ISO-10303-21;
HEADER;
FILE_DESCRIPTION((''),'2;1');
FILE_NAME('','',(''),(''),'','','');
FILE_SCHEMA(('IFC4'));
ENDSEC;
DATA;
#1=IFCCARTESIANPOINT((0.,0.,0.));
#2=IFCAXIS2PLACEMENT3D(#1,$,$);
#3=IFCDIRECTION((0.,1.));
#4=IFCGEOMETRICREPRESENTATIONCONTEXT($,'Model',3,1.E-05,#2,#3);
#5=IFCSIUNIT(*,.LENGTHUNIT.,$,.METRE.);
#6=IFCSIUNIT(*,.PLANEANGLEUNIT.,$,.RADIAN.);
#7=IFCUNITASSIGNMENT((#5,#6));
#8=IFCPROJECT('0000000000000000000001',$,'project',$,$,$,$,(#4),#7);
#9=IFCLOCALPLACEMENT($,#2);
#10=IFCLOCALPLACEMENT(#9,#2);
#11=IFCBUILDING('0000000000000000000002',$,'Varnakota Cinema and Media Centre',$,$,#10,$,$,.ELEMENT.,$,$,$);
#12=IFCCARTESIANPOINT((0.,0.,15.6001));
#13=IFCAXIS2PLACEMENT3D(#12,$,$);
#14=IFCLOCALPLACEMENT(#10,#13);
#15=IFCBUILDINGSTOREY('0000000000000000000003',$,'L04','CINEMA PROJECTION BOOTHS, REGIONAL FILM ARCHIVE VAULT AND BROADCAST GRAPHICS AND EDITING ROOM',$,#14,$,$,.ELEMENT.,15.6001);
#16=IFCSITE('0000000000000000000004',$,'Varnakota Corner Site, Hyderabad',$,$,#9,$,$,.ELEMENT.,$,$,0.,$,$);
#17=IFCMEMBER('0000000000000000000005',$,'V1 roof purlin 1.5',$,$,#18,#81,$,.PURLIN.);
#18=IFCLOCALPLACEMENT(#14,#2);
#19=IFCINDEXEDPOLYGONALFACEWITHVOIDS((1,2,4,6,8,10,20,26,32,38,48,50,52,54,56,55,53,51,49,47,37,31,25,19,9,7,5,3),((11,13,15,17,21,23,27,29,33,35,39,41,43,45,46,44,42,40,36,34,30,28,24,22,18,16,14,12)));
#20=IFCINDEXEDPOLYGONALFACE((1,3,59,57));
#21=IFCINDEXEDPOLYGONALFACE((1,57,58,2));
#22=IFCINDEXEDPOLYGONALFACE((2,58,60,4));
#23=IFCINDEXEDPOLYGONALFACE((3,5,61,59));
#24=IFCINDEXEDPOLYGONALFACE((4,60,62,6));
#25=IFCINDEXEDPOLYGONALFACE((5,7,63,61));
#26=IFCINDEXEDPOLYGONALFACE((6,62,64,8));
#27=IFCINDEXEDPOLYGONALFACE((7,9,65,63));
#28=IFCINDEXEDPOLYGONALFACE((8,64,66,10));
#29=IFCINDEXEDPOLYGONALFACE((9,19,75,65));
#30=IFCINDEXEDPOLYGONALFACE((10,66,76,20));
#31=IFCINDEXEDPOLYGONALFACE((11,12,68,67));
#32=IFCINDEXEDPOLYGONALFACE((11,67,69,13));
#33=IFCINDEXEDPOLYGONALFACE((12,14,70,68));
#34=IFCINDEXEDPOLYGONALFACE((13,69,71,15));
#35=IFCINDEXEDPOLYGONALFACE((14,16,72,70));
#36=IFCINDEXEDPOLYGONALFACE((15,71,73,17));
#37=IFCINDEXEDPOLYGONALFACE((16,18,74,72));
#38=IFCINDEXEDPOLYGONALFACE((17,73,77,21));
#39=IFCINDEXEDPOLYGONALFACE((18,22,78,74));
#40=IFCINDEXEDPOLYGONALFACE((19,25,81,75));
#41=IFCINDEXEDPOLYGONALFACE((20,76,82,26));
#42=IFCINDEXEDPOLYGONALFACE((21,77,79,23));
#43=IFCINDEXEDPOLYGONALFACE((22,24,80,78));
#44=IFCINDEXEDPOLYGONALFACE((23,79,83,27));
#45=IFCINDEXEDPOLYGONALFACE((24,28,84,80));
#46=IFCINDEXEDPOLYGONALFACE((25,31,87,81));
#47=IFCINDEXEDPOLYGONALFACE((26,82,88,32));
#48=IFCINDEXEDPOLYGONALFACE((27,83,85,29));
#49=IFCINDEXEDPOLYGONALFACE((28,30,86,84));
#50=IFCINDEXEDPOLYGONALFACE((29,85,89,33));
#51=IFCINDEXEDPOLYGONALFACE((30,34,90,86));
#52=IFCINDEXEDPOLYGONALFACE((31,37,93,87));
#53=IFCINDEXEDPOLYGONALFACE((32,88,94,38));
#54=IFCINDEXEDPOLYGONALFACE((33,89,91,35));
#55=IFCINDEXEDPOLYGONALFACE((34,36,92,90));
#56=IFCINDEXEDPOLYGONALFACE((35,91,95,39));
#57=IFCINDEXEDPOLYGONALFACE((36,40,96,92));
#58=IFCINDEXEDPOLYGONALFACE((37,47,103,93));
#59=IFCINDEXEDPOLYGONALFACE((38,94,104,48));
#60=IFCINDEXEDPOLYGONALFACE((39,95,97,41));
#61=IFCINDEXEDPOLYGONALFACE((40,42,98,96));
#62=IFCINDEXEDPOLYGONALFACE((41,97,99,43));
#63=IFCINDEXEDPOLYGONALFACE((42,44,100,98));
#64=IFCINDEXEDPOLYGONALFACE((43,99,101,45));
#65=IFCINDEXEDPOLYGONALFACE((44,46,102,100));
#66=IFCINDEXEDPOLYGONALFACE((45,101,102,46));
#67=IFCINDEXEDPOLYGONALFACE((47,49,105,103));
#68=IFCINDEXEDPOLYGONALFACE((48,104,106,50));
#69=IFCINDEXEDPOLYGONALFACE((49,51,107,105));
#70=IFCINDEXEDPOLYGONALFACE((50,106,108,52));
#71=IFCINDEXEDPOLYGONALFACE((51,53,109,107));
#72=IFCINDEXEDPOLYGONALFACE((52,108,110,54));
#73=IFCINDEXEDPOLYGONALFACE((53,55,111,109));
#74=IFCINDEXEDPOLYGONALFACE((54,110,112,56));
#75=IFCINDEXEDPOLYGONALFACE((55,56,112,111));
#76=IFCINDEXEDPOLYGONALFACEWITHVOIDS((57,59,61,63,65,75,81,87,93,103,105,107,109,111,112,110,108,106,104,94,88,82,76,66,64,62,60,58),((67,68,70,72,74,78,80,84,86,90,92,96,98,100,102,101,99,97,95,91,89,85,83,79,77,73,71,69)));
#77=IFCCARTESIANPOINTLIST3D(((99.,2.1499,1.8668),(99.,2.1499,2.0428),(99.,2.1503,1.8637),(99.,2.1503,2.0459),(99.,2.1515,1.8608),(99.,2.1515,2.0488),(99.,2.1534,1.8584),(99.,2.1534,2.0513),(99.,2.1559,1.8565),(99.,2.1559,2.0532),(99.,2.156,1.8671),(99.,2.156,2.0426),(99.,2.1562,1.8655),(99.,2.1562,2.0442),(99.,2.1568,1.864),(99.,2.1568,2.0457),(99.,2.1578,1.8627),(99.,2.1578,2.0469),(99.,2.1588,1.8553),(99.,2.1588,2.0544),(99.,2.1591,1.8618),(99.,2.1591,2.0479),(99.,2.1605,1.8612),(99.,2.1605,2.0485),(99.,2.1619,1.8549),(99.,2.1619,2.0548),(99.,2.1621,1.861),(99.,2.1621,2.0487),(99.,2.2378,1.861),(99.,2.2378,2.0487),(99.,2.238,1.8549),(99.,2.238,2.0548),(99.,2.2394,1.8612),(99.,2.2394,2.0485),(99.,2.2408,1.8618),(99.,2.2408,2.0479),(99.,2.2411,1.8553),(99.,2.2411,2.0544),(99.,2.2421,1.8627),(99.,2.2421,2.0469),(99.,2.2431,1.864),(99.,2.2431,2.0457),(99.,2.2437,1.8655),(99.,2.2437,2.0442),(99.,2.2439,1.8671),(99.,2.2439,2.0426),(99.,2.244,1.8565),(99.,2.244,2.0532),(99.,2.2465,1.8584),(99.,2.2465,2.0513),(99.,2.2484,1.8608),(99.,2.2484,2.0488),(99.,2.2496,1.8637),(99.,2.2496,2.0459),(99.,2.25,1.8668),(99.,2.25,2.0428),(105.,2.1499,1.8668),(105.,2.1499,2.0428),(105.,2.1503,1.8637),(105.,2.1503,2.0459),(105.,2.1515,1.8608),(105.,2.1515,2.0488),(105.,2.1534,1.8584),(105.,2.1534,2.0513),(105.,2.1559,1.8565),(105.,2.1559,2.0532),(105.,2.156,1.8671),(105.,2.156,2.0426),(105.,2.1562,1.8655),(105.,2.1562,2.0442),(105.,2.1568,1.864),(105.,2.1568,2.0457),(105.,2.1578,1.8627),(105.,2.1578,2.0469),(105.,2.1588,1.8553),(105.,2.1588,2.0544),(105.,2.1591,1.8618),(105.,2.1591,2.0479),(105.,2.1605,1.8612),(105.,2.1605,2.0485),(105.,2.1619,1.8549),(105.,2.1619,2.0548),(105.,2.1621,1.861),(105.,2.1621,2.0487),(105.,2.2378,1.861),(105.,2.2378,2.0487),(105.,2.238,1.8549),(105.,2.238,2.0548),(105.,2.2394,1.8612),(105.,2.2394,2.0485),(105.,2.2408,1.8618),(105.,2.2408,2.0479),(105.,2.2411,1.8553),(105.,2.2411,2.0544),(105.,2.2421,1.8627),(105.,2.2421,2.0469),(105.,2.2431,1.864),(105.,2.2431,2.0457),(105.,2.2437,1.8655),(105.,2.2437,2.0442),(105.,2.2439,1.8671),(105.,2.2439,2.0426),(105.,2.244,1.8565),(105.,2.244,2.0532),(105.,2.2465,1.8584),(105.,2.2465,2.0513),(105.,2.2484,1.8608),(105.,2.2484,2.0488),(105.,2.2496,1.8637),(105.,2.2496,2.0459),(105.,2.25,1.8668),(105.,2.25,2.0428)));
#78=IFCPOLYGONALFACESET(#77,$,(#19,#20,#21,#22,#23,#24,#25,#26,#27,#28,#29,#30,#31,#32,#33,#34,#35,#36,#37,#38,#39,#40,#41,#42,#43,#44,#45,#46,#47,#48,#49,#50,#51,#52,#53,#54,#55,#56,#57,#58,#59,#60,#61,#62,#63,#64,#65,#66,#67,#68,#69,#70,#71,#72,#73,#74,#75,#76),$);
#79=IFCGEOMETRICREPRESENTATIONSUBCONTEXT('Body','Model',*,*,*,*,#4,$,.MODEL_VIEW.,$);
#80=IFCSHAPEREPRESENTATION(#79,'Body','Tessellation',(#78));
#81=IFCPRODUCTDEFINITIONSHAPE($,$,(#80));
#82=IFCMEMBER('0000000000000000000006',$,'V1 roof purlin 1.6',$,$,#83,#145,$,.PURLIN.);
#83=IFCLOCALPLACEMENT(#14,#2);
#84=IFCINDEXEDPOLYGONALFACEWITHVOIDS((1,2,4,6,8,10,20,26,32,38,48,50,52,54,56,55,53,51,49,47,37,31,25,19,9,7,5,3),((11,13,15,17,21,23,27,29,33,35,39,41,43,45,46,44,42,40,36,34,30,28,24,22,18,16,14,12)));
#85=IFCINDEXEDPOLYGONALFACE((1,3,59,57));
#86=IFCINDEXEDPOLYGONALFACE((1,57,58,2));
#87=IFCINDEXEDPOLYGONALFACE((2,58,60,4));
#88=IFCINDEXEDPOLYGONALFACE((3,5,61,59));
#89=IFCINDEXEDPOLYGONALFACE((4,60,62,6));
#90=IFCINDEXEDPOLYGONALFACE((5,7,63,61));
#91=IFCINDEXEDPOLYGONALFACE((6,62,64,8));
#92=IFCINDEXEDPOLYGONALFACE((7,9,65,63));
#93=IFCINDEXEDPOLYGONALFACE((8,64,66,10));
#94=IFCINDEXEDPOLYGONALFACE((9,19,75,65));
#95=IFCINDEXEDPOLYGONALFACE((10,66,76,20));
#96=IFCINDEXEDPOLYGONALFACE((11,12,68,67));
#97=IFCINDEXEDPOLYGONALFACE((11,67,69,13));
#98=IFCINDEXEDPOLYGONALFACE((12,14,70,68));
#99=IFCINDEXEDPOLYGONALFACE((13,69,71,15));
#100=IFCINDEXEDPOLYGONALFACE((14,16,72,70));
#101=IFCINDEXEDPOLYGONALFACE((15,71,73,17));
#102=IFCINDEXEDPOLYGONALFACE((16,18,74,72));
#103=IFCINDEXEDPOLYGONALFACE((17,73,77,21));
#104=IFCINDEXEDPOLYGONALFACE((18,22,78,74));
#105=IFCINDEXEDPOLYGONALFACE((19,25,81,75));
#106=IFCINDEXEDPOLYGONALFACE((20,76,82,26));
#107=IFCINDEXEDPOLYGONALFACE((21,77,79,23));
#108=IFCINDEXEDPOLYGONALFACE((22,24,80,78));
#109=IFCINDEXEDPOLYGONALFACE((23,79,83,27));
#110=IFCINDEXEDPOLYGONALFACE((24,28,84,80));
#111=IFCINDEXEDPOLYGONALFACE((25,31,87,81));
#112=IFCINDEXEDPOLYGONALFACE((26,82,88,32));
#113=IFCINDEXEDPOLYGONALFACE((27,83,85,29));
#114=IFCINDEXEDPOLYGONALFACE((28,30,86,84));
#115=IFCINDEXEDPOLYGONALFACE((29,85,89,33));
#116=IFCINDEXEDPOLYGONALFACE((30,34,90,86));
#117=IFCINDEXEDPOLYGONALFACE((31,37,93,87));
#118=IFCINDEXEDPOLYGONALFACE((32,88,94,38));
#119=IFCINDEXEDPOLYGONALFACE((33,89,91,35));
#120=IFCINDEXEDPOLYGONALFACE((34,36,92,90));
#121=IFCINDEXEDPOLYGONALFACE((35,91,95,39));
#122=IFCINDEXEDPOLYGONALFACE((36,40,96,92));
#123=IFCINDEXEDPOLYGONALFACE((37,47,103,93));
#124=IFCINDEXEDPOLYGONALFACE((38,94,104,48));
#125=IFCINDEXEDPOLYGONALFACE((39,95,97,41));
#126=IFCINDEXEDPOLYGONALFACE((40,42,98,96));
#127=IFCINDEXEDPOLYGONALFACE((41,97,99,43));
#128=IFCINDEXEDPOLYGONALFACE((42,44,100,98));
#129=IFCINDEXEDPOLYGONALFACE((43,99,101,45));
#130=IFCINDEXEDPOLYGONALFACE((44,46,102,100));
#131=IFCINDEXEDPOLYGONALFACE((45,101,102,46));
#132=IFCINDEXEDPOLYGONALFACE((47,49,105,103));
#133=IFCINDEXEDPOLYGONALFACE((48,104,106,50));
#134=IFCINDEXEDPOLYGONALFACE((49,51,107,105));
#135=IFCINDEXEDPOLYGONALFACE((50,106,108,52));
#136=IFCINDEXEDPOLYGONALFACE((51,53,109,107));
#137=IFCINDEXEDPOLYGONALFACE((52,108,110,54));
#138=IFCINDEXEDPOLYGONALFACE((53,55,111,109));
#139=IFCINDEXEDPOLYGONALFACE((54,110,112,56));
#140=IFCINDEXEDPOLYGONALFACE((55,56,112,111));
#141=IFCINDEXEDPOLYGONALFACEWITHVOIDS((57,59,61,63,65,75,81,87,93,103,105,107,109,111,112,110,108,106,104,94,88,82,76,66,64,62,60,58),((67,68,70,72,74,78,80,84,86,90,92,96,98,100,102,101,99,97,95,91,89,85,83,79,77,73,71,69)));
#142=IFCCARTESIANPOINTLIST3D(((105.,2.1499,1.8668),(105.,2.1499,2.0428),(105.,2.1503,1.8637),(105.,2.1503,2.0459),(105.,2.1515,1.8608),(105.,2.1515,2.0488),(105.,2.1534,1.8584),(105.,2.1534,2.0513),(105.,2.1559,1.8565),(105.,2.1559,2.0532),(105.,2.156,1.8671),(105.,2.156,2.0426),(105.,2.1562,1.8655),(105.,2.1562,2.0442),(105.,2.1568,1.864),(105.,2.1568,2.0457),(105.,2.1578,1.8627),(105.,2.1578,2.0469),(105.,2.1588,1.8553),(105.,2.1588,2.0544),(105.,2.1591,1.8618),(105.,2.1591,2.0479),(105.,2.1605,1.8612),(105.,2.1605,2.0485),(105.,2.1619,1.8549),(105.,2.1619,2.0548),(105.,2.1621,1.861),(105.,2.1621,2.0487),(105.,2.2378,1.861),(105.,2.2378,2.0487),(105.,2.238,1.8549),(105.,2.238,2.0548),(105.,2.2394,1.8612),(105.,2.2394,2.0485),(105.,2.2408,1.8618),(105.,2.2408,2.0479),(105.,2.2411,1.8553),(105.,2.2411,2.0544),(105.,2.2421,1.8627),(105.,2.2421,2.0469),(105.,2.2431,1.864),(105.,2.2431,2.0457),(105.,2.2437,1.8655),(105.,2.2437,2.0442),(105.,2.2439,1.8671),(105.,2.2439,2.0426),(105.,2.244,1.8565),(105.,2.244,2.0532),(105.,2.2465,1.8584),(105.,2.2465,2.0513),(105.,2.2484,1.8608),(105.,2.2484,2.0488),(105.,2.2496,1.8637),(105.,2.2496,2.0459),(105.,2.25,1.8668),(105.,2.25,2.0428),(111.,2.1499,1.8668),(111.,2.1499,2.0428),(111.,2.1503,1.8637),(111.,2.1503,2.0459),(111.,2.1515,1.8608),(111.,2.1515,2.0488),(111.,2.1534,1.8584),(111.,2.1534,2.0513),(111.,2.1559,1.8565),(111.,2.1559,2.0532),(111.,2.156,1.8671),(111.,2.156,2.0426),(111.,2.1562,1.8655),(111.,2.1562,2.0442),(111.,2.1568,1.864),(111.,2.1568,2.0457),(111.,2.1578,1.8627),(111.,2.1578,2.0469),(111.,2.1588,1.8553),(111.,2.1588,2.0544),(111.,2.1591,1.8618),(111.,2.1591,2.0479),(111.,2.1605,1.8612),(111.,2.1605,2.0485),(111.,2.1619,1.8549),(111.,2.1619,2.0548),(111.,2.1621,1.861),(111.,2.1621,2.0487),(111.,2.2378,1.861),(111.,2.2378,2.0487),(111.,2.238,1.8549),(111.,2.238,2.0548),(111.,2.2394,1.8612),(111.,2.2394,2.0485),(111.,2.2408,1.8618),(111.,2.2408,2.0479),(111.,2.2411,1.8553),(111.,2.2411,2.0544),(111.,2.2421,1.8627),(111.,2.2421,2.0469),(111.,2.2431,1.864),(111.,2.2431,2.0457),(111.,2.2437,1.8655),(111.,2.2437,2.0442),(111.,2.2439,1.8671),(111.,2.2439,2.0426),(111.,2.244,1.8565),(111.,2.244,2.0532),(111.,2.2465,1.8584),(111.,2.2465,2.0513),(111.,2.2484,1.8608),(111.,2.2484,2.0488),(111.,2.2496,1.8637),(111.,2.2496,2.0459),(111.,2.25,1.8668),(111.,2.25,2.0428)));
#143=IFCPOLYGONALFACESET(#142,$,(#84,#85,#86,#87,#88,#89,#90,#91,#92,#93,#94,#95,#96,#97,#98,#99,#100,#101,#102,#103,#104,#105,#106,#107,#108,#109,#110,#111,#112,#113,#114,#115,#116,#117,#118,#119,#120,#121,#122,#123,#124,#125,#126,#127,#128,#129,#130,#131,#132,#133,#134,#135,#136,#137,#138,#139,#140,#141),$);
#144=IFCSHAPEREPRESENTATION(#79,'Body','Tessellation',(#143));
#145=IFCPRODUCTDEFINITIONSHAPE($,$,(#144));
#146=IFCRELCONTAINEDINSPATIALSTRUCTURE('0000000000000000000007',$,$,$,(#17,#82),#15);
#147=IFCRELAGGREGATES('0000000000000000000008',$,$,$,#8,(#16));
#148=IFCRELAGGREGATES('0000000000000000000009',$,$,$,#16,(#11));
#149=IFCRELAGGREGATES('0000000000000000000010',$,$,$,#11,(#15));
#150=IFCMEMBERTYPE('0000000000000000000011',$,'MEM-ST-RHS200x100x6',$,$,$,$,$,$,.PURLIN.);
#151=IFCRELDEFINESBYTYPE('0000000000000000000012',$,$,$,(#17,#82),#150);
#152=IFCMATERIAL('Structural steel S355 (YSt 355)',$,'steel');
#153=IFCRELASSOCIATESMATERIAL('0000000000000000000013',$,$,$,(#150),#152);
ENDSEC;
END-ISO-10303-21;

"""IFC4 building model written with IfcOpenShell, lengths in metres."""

from ifc_helpers import new_model, si_unit, direction, frame, origin, origin_2d, place, context, subcontext, project, spatial, hollow_rectangle, extrude, material, material_profile, profile_set, type_object, element, save


model = new_model("IFC4")

# Units and contexts
model_context = context("Model", 3, precision=1e-05, world=origin(), true_north=direction((0.0, 1.0)))
body_context = subcontext(model_context, "Body", "Model", "MODEL_VIEW")
ifc_project = project(units=[si_unit("LENGTHUNIT", "METRE"), si_unit("PLANEANGLEUNIT", "RADIAN")], contexts=[model_context])

# Site, building, storey
site_placement = place(None, origin())
site = spatial("IfcSite", under=ifc_project, at=site_placement, Name="Varnakota Corner Site, Hyderabad", CompositionType="ELEMENT", RefElevation=0.0)
building_placement = place(site_placement, origin())
building = spatial("IfcBuilding", under=site, at=building_placement, Name="Varnakota Cinema and Media Centre", CompositionType="ELEMENT")
storey_placement = place(building_placement, frame((0.0, 0.0, 15.6001)))
storey = spatial("IfcBuildingStorey", under=building, at=storey_placement, Name="L04", Description="CINEMA PROJECTION BOOTHS, REGIONAL FILM ARCHIVE VAULT AND BROADCAST GRAPHICS AND EDITING ROOM", CompositionType="ELEMENT", Elevation=15.6001)

# Members
ifc_material_1 = material(Name="Structural steel S355 (YSt 355)", Category="steel")
ifc_material_profile_1 = material_profile(ifc_material_1, hollow_rectangle(XDim=0.1001, YDim=0.2, WallThickness=0.0061, InnerFilletRadius=0.0061, OuterFilletRadius=0.012, at=origin_2d()), Name="RHS 200x100x6")
ifc_profile_set_1 = profile_set([ifc_material_profile_1], Name="Structural steel S355 (YSt 355)")
member_type_1 = type_object("IfcMemberType", Name="MEM-ST-RHS200x100x6", PredefinedType="PURLIN", material=ifc_profile_set_1)
for number, where, z_axis, x_axis, name in (
    (1, (99.0, 2.2, 1.9548), (1.0, 0.0, 0.0), (0.0, 1.0, 0.0), "V1 roof purlin 1.5"),
    (2, (105.0, 2.2, 1.9548), (1.0, 0.0, 0.0), (0.0, 1.0, 0.0), "V1 roof purlin 1.6"),
):
    element("IfcMember", number, at=place(storey_placement, frame(where, z_axis=z_axis, x_axis=x_axis)), inside=storey, type_object=member_type_1, Name=name, PredefinedType="PURLIN", context=body_context, shape_type="SweptSolid", body=[
        extrude(hollow_rectangle(XDim=0.1001, YDim=0.2, WallThickness=0.0061, InnerFilletRadius=0.0061, OuterFilletRadius=0.012, at=origin_2d()), origin(), (0.0, 0.0, 1.0), 6.0),
    ])

save(model, "model.ifc")
